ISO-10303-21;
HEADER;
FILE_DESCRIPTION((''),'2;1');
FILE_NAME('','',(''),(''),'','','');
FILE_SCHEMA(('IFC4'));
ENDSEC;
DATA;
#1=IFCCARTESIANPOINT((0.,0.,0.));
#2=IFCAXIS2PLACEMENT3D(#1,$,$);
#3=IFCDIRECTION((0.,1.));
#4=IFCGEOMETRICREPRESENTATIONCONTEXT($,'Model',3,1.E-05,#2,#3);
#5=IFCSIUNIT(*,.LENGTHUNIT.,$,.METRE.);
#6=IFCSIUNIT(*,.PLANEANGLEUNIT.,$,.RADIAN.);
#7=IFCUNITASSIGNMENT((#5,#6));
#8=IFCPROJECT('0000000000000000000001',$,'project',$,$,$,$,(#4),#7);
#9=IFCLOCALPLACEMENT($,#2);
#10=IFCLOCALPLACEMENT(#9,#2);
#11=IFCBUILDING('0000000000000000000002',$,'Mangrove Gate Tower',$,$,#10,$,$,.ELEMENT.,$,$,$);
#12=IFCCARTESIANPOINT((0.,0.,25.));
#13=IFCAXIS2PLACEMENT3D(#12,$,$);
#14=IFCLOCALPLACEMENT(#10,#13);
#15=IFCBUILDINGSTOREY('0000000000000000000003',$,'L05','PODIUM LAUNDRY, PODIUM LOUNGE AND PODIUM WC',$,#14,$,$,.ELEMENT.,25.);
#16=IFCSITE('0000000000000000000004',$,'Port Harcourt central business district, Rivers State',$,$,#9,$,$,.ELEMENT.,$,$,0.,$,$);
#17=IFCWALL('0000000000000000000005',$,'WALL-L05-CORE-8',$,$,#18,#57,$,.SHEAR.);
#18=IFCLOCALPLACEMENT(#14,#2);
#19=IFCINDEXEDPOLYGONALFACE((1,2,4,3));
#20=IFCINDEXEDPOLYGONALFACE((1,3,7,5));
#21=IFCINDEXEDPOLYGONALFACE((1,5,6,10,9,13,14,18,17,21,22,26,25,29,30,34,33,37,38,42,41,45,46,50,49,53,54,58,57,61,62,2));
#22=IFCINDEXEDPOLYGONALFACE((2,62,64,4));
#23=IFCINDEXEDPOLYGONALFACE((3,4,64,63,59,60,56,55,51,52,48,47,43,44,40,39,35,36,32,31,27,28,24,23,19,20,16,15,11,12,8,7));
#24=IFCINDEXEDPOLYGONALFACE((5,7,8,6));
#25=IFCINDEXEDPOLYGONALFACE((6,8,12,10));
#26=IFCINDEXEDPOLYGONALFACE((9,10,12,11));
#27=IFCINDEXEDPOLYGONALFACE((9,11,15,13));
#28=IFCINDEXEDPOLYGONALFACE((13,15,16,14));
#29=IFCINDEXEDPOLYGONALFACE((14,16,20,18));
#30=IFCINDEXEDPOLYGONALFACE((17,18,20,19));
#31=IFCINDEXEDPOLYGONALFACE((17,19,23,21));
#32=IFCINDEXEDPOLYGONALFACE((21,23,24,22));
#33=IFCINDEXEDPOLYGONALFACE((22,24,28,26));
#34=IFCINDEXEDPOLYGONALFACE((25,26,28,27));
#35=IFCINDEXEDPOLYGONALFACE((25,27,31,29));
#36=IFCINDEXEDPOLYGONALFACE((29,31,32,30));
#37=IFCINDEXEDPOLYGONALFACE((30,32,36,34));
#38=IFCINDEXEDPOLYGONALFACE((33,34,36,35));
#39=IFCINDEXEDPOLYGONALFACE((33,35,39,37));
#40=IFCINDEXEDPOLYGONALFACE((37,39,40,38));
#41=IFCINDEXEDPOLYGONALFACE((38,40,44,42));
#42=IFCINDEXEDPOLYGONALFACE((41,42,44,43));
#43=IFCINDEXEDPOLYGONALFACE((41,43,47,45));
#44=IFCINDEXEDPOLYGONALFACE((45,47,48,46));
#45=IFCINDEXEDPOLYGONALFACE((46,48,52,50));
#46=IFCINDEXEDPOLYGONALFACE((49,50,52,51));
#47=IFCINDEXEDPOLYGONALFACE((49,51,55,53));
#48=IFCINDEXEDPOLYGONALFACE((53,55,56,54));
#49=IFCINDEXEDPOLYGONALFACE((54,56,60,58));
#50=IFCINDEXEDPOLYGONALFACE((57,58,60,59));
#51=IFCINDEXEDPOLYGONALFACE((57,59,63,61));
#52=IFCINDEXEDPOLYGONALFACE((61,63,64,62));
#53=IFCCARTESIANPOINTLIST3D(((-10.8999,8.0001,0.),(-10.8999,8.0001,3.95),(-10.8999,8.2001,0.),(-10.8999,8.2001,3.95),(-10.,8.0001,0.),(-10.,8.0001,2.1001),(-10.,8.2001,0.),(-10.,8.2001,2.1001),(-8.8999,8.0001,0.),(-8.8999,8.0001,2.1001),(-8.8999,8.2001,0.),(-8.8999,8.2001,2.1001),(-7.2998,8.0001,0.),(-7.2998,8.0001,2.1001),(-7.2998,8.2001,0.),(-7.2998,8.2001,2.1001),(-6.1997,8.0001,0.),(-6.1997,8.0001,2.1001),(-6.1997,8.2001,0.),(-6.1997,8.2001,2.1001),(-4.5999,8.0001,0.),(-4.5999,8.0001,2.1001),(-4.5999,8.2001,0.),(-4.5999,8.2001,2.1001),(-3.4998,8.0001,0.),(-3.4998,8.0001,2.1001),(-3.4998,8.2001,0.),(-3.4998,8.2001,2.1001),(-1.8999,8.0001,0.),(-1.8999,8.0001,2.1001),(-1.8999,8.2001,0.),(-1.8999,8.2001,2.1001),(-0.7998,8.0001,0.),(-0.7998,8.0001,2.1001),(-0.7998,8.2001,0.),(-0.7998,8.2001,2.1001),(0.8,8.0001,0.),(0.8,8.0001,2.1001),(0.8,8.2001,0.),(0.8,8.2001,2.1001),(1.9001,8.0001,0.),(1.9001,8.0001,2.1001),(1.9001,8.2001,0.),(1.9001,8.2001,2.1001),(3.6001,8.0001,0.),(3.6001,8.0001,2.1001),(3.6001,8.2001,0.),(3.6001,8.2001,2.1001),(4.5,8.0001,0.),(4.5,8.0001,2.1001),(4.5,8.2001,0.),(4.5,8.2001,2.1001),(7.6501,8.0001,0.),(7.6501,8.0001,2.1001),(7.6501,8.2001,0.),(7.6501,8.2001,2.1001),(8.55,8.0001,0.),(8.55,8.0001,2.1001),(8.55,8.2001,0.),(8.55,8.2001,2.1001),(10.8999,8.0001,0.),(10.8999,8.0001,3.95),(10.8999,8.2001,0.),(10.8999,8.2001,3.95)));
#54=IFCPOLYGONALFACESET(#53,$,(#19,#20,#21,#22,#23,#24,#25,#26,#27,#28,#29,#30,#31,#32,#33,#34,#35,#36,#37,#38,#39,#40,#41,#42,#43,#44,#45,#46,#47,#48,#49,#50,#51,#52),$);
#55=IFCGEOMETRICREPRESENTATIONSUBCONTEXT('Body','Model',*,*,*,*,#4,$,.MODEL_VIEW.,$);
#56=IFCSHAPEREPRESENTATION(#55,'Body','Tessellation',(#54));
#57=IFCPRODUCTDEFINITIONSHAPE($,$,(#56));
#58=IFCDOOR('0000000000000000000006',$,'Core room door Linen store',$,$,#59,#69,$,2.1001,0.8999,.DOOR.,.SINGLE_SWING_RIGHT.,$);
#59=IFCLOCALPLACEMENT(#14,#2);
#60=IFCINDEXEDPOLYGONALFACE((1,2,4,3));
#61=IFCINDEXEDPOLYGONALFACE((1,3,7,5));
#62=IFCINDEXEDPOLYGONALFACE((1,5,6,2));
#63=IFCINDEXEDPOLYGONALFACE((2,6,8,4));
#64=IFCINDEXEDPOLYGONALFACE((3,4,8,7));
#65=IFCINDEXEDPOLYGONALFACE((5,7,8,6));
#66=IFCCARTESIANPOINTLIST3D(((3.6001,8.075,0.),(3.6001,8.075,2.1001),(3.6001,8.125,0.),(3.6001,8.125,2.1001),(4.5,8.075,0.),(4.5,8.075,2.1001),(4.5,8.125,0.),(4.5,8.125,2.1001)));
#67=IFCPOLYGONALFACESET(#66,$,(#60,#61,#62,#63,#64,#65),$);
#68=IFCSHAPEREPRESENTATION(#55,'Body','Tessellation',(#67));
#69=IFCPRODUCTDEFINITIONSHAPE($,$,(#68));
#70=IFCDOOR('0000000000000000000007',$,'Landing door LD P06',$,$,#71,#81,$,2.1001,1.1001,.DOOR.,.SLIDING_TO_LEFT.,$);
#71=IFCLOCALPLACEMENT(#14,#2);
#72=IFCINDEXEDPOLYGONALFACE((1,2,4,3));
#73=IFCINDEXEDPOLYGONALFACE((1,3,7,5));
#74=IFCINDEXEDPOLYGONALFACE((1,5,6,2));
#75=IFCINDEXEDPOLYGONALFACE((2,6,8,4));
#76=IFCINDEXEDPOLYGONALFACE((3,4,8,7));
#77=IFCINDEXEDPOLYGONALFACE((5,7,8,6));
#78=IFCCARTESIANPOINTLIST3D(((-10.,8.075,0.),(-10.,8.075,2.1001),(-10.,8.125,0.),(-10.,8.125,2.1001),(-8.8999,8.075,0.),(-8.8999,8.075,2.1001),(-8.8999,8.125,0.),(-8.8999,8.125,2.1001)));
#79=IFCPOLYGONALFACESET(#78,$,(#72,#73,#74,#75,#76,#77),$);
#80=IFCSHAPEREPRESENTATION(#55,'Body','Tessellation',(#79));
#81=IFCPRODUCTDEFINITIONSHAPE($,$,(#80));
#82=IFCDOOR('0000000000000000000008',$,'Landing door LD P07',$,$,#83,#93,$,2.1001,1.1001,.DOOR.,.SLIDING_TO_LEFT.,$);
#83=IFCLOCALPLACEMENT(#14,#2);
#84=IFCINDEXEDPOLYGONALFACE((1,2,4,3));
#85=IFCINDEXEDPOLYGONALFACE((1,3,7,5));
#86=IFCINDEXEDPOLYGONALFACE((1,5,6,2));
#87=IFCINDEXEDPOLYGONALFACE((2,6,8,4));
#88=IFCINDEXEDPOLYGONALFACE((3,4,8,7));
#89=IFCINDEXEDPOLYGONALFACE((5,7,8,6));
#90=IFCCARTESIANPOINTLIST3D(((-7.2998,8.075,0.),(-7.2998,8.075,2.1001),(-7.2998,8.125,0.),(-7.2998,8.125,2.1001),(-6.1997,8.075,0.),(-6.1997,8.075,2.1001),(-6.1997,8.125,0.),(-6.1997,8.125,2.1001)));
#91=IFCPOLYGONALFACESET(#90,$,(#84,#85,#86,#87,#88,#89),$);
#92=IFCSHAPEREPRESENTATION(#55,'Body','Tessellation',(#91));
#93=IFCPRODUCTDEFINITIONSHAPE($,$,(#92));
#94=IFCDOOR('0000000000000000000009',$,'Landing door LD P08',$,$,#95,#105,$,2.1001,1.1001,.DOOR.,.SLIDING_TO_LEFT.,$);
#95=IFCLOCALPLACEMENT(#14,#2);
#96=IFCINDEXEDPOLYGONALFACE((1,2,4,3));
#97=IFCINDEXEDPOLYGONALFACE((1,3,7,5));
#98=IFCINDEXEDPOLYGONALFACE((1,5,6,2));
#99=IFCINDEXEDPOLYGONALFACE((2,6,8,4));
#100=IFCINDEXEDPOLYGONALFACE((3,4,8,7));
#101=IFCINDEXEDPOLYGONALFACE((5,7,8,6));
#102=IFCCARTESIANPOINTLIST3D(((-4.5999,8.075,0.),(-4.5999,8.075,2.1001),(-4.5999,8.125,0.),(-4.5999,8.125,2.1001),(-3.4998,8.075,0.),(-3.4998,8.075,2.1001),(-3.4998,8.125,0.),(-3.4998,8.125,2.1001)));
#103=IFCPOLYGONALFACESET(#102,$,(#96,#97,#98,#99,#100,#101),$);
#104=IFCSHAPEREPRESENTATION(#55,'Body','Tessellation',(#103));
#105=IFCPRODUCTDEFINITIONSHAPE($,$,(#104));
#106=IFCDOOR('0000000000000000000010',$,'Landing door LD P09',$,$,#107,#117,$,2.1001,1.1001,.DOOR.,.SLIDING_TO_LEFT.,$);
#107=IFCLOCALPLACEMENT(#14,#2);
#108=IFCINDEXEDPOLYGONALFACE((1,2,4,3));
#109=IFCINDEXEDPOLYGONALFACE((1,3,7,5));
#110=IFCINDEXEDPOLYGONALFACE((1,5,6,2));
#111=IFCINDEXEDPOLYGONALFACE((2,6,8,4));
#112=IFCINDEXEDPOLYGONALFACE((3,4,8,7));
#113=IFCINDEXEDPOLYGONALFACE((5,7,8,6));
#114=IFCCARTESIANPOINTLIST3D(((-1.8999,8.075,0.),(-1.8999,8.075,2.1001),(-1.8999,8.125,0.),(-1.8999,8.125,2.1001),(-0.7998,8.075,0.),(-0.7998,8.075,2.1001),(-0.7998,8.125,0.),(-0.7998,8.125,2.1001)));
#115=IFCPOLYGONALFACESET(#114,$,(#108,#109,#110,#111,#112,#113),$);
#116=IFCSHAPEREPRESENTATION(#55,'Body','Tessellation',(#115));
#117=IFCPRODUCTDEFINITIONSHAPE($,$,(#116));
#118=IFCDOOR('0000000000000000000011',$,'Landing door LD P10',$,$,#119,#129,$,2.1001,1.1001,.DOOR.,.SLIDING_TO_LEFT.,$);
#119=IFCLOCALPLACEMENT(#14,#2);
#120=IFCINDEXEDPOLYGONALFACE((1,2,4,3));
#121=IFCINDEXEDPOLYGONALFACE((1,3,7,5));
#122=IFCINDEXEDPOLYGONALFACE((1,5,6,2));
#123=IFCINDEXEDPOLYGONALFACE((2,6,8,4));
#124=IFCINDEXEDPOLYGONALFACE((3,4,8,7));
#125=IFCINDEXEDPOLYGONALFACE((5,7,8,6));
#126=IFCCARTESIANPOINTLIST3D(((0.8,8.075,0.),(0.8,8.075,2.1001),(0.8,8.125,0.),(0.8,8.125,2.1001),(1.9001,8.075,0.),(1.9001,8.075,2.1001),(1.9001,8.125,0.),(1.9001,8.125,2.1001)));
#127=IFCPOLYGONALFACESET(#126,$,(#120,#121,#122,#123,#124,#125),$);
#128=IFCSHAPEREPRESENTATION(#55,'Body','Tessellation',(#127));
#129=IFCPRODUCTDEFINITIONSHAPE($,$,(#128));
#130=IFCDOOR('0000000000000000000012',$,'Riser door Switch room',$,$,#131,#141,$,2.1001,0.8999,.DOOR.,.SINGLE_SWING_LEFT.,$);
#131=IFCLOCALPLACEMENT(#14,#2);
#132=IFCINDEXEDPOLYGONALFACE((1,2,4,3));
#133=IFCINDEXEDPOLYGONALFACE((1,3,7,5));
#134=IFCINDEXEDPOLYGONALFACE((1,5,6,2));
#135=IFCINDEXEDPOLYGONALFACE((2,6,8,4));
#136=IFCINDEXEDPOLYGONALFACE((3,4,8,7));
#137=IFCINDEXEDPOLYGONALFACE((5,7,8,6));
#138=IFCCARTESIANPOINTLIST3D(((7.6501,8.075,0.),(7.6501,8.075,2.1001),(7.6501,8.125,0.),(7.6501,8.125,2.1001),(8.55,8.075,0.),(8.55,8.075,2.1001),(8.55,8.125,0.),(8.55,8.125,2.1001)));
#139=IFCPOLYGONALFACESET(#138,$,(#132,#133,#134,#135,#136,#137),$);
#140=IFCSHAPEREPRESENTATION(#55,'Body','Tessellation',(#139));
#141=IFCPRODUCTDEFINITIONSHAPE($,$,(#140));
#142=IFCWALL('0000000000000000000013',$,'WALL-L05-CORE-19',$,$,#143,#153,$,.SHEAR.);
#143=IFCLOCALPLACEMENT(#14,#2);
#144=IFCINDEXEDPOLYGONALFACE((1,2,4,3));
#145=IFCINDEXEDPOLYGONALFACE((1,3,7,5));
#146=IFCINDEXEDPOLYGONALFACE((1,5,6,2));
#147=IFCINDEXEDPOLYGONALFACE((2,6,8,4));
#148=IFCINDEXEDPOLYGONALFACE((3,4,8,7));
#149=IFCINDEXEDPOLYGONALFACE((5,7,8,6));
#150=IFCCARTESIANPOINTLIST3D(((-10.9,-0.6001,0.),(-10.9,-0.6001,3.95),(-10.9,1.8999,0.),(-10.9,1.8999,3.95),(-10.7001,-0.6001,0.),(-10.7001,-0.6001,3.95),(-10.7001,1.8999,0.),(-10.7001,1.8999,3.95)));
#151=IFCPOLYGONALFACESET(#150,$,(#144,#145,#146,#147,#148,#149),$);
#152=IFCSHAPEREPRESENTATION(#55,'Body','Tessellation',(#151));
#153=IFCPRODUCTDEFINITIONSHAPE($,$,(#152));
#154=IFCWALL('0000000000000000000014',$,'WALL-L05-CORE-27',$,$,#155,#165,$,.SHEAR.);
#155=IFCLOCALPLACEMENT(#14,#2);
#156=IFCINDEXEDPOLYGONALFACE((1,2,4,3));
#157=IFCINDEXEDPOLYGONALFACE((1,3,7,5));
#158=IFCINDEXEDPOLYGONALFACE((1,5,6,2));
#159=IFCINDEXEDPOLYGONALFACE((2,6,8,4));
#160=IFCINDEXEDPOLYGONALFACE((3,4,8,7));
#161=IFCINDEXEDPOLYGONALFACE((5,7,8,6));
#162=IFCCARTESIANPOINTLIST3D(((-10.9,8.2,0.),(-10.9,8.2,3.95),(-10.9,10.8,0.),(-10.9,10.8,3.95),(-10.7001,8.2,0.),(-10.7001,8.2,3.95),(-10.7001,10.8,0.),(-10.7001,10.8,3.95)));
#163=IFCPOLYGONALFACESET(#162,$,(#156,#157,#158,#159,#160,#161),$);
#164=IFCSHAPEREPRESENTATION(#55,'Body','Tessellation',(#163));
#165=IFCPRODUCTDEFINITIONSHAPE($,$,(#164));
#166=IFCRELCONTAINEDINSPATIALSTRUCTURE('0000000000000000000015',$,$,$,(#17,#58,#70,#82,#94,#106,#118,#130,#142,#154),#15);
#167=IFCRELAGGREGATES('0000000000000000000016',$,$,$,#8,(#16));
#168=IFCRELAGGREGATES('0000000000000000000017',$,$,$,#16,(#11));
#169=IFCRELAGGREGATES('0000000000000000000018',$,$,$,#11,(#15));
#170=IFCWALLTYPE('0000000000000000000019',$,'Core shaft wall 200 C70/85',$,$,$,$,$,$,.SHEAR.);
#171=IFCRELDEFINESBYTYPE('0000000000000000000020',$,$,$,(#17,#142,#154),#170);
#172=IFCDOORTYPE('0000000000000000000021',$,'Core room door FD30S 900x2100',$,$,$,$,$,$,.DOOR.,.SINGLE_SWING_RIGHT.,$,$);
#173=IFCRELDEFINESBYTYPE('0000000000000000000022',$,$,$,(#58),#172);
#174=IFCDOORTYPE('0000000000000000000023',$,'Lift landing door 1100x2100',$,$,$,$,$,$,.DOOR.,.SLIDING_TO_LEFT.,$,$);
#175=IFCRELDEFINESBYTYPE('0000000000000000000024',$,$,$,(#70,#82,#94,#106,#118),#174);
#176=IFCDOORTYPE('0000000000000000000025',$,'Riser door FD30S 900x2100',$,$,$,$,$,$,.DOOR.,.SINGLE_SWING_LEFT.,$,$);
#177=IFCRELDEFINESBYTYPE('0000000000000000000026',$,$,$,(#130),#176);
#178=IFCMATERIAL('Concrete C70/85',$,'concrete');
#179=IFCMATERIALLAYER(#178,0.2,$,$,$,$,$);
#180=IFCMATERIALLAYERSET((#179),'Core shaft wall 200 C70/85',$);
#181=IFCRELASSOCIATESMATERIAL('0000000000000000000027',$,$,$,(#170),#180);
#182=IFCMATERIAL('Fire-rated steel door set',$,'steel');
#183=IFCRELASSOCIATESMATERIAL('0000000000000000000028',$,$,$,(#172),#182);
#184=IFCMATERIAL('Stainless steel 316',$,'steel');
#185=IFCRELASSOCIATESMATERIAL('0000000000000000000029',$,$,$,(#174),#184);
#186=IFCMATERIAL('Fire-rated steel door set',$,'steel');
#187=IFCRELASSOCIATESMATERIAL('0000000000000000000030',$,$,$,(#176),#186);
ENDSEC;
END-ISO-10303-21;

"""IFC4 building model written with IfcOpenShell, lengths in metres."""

from ifc_helpers import new_model, si_unit, direction, frame, frame_2d, origin, place, context, subcontext, project, spatial, rectangle, extrude, material, layer, layer_set, type_object, element, fill, save


model = new_model("IFC4")

# Units and contexts
model_context = context("Model", 3, precision=1e-05, world=origin(), true_north=direction((0.0, 1.0)))
body_context = subcontext(model_context, "Body", "Model", "MODEL_VIEW")
ifc_project = project(units=[si_unit("LENGTHUNIT", "METRE"), si_unit("PLANEANGLEUNIT", "RADIAN")], contexts=[model_context])

# Site, building, storey
site_placement = place(None, origin())
site = spatial("IfcSite", under=ifc_project, at=site_placement, Name="Port Harcourt central business district, Rivers State", CompositionType="ELEMENT", RefElevation=0.0)
building_placement = place(site_placement, origin())
building = spatial("IfcBuilding", under=site, at=building_placement, Name="Mangrove Gate Tower", CompositionType="ELEMENT")
storey_placement = place(building_placement, frame((0.0, 0.0, 25.0)))
storey = spatial("IfcBuildingStorey", under=building, at=storey_placement, Name="L05", Description="PODIUM LAUNDRY, PODIUM LOUNGE AND PODIUM WC", CompositionType="ELEMENT", Elevation=25.0)

# Shared definitions
ifc_material_1 = material(Name="Concrete C70/85", Category="concrete")
ifc_layer = layer(ifc_material_1, 0.2)
ifc_layer_set = layer_set([ifc_layer], Name="Core shaft wall 200 C70/85")
wall_type = type_object("IfcWallType", Name="Core shaft wall 200 C70/85", PredefinedType="SHEAR", material=ifc_layer_set)

# Wall, openings, doors
ifc_material_2 = material(Name="Fire-rated steel door set", Category="steel")
door_type_1 = type_object("IfcDoorType", Name="Core room door FD30S 900x2100", OperationType="SINGLE_SWING_RIGHT", PredefinedType="DOOR", material=ifc_material_2)
ifc_material_3 = material(Name="Stainless steel 316", Category="steel")
door_type_2 = type_object("IfcDoorType", Name="Lift landing door 1100x2100", OperationType="SLIDING_TO_LEFT", PredefinedType="DOOR", material=ifc_material_3)
ifc_material_4 = material(Name="Fire-rated steel door set", Category="steel")
door_type_3 = type_object("IfcDoorType", Name="Riser door FD30S 900x2100", OperationType="SINGLE_SWING_LEFT", PredefinedType="DOOR", material=ifc_material_4)
wall_1_placement = place(storey_placement, frame((-10.8999, 8.1001, 0.0), z_axis=(0.0, 0.0, 1.0), x_axis=(1.0, 0.0, 0.0)))
wall_1 = element("IfcWall", 1, at=wall_1_placement, inside=storey, type_object=wall_type, Name="WALL-L05-CORE-8", PredefinedType="SHEAR", context=body_context, shape_type="SweptSolid", body=[
    extrude(rectangle(XDim=21.7998, YDim=0.2, at=frame_2d((10.8999, 0.0))), origin(), (0.0, 0.0, 1.0), 3.95),
])
opening_1_placement = place(wall_1_placement, frame((0.8999, 0.0, 0.0)))
opening_1 = element("IfcOpeningElement", 2, at=opening_1_placement, cuts=wall_1, PredefinedType="OPENING", context=body_context, shape_type="SweptSolid", body=[
    extrude(rectangle(XDim=1.1001, YDim=2.1001, at=frame_2d((0.55, 1.05))), frame((0.0, 0.1099, 0.0), z_axis=(0.0, -1.0, 0.0), x_axis=(1.0, 0.0, 0.0)), (0.0, 0.0, 1.0), 0.22),
])
opening_2_placement = place(wall_1_placement, frame((3.6001, 0.0, 0.0)))
opening_2 = element("IfcOpeningElement", 3, at=opening_2_placement, cuts=wall_1, PredefinedType="OPENING", context=body_context, shape_type="SweptSolid", body=[
    extrude(rectangle(XDim=1.1001, YDim=2.1001, at=frame_2d((0.55, 1.05))), frame((0.0, 0.1099, 0.0), z_axis=(0.0, -1.0, 0.0), x_axis=(1.0, 0.0, 0.0)), (0.0, 0.0, 1.0), 0.22),
])
opening_3_placement = place(wall_1_placement, frame((6.3, 0.0, 0.0)))
opening_3 = element("IfcOpeningElement", 4, at=opening_3_placement, cuts=wall_1, PredefinedType="OPENING", context=body_context, shape_type="SweptSolid", body=[
    extrude(rectangle(XDim=1.1001, YDim=2.1001, at=frame_2d((0.55, 1.05))), frame((0.0, 0.1099, 0.0), z_axis=(0.0, -1.0, 0.0), x_axis=(1.0, 0.0, 0.0)), (0.0, 0.0, 1.0), 0.22),
])
opening_4_placement = place(wall_1_placement, frame((9.0, 0.0, 0.0)))
opening_4 = element("IfcOpeningElement", 5, at=opening_4_placement, cuts=wall_1, PredefinedType="OPENING", context=body_context, shape_type="SweptSolid", body=[
    extrude(rectangle(XDim=1.1001, YDim=2.1001, at=frame_2d((0.55, 1.05))), frame((0.0, 0.1099, 0.0), z_axis=(0.0, -1.0, 0.0), x_axis=(1.0, 0.0, 0.0)), (0.0, 0.0, 1.0), 0.22),
])
opening_5_placement = place(wall_1_placement, frame((11.7, 0.0, 0.0)))
opening_5 = element("IfcOpeningElement", 6, at=opening_5_placement, cuts=wall_1, PredefinedType="OPENING", context=body_context, shape_type="SweptSolid", body=[
    extrude(rectangle(XDim=1.1001, YDim=2.1001, at=frame_2d((0.55, 1.05))), frame((0.0, 0.1099, 0.0), z_axis=(0.0, -1.0, 0.0), x_axis=(1.0, 0.0, 0.0)), (0.0, 0.0, 1.0), 0.22),
])
opening_6_placement = place(wall_1_placement, frame((14.5, 0.0, 0.0)))
opening_6 = element("IfcOpeningElement", 7, at=opening_6_placement, cuts=wall_1, PredefinedType="OPENING", context=body_context, shape_type="SweptSolid", body=[
    extrude(rectangle(XDim=0.8999, YDim=2.1001, at=frame_2d((0.45, 1.05))), frame((0.0, 0.1099, 0.0), z_axis=(0.0, -1.0, 0.0), x_axis=(1.0, 0.0, 0.0)), (0.0, 0.0, 1.0), 0.22),
])
opening_7_placement = place(wall_1_placement, frame((18.55, 0.0, 0.0)))
opening_7 = element("IfcOpeningElement", 8, at=opening_7_placement, cuts=wall_1, PredefinedType="OPENING", context=body_context, shape_type="SweptSolid", body=[
    extrude(rectangle(XDim=0.8999, YDim=2.1001, at=frame_2d((0.45, 1.05))), frame((0.0, 0.1099, 0.0), z_axis=(0.0, -1.0, 0.0), x_axis=(1.0, 0.0, 0.0)), (0.0, 0.0, 1.0), 0.22),
])
door_1_placement = place(opening_6_placement, origin())
door_1 = element("IfcDoor", 9, at=door_1_placement, inside=storey, type_object=door_type_1, Name="Core room door Linen store", OperationType="SINGLE_SWING_RIGHT", OverallHeight=2.1001, OverallWidth=0.8999, PredefinedType="DOOR", context=body_context, shape_type="SweptSolid", body=[
    extrude(rectangle(XDim=0.8999, YDim=2.1001, at=frame_2d((0.45, 1.05))), frame((0.0, 0.0249, 0.0), z_axis=(0.0, -1.0, 0.0), x_axis=(1.0, 0.0, 0.0)), (0.0, 0.0, 1.0), 0.05),
])
fill(opening_6, door_1)
door_2_placement = place(opening_1_placement, origin())
door_2 = element("IfcDoor", 10, at=door_2_placement, inside=storey, type_object=door_type_2, Name="Landing door LD P06", OperationType="SLIDING_TO_LEFT", OverallHeight=2.1001, OverallWidth=1.1001, PredefinedType="DOOR", context=body_context, shape_type="SweptSolid", body=[
    extrude(rectangle(XDim=1.1001, YDim=2.1001, at=frame_2d((0.55, 1.05))), frame((0.0, 0.0249, 0.0), z_axis=(0.0, -1.0, 0.0), x_axis=(1.0, 0.0, 0.0)), (0.0, 0.0, 1.0), 0.05),
])
fill(opening_1, door_2)
door_3_placement = place(opening_2_placement, origin())
door_3 = element("IfcDoor", 11, at=door_3_placement, inside=storey, type_object=door_type_2, Name="Landing door LD P07", OperationType="SLIDING_TO_LEFT", OverallHeight=2.1001, OverallWidth=1.1001, PredefinedType="DOOR", context=body_context, shape_type="SweptSolid", body=[
    extrude(rectangle(XDim=1.1001, YDim=2.1001, at=frame_2d((0.55, 1.05))), frame((0.0, 0.0249, 0.0), z_axis=(0.0, -1.0, 0.0), x_axis=(1.0, 0.0, 0.0)), (0.0, 0.0, 1.0), 0.05),
])
fill(opening_2, door_3)
door_4_placement = place(opening_3_placement, origin())
door_4 = element("IfcDoor", 12, at=door_4_placement, inside=storey, type_object=door_type_2, Name="Landing door LD P08", OperationType="SLIDING_TO_LEFT", OverallHeight=2.1001, OverallWidth=1.1001, PredefinedType="DOOR", context=body_context, shape_type="SweptSolid", body=[
    extrude(rectangle(XDim=1.1001, YDim=2.1001, at=frame_2d((0.55, 1.05))), frame((0.0, 0.0249, 0.0), z_axis=(0.0, -1.0, 0.0), x_axis=(1.0, 0.0, 0.0)), (0.0, 0.0, 1.0), 0.05),
])
fill(opening_3, door_4)
door_5_placement = place(opening_4_placement, origin())
door_5 = element("IfcDoor", 13, at=door_5_placement, inside=storey, type_object=door_type_2, Name="Landing door LD P09", OperationType="SLIDING_TO_LEFT", OverallHeight=2.1001, OverallWidth=1.1001, PredefinedType="DOOR", context=body_context, shape_type="SweptSolid", body=[
    extrude(rectangle(XDim=1.1001, YDim=2.1001, at=frame_2d((0.55, 1.05))), frame((0.0, 0.0249, 0.0), z_axis=(0.0, -1.0, 0.0), x_axis=(1.0, 0.0, 0.0)), (0.0, 0.0, 1.0), 0.05),
])
fill(opening_4, door_5)
door_6_placement = place(opening_5_placement, origin())
door_6 = element("IfcDoor", 14, at=door_6_placement, inside=storey, type_object=door_type_2, Name="Landing door LD P10", OperationType="SLIDING_TO_LEFT", OverallHeight=2.1001, OverallWidth=1.1001, PredefinedType="DOOR", context=body_context, shape_type="SweptSolid", body=[
    extrude(rectangle(XDim=1.1001, YDim=2.1001, at=frame_2d((0.55, 1.05))), frame((0.0, 0.0249, 0.0), z_axis=(0.0, -1.0, 0.0), x_axis=(1.0, 0.0, 0.0)), (0.0, 0.0, 1.0), 0.05),
])
fill(opening_5, door_6)
door_7_placement = place(opening_7_placement, origin())
door_7 = element("IfcDoor", 15, at=door_7_placement, inside=storey, type_object=door_type_3, Name="Riser door Switch room", OperationType="SINGLE_SWING_LEFT", OverallHeight=2.1001, OverallWidth=0.8999, PredefinedType="DOOR", context=body_context, shape_type="SweptSolid", body=[
    extrude(rectangle(XDim=0.8999, YDim=2.1001, at=frame_2d((0.45, 1.05))), frame((0.0, 0.0249, 0.0), z_axis=(0.0, -1.0, 0.0), x_axis=(1.0, 0.0, 0.0)), (0.0, 0.0, 1.0), 0.05),
])
fill(opening_7, door_7)

# Walls
wall_2_placement = place(storey_placement, frame((-10.8, -0.6001, 0.0), z_axis=(0.0, 0.0, 1.0), x_axis=(0.0, 1.0, 0.0)))
element("IfcWall", 16, at=wall_2_placement, inside=storey, type_object=wall_type, Name="WALL-L05-CORE-19", PredefinedType="SHEAR", context=body_context, shape_type="SweptSolid", body=[
    extrude(rectangle(XDim=2.5, YDim=0.2, at=frame_2d((1.25, 0.0))), origin(), (0.0, 0.0, 1.0), 3.95),
])
wall_3_placement = place(storey_placement, frame((-10.8, 8.2, 0.0), z_axis=(0.0, 0.0, 1.0), x_axis=(0.0, 1.0, 0.0)))
element("IfcWall", 17, at=wall_3_placement, inside=storey, type_object=wall_type, Name="WALL-L05-CORE-27", PredefinedType="SHEAR", context=body_context, shape_type="SweptSolid", body=[
    extrude(rectangle(XDim=2.6001, YDim=0.2, at=frame_2d((1.3, 0.0))), origin(), (0.0, 0.0, 1.0), 3.95),
])

save(model, "model.ifc")
